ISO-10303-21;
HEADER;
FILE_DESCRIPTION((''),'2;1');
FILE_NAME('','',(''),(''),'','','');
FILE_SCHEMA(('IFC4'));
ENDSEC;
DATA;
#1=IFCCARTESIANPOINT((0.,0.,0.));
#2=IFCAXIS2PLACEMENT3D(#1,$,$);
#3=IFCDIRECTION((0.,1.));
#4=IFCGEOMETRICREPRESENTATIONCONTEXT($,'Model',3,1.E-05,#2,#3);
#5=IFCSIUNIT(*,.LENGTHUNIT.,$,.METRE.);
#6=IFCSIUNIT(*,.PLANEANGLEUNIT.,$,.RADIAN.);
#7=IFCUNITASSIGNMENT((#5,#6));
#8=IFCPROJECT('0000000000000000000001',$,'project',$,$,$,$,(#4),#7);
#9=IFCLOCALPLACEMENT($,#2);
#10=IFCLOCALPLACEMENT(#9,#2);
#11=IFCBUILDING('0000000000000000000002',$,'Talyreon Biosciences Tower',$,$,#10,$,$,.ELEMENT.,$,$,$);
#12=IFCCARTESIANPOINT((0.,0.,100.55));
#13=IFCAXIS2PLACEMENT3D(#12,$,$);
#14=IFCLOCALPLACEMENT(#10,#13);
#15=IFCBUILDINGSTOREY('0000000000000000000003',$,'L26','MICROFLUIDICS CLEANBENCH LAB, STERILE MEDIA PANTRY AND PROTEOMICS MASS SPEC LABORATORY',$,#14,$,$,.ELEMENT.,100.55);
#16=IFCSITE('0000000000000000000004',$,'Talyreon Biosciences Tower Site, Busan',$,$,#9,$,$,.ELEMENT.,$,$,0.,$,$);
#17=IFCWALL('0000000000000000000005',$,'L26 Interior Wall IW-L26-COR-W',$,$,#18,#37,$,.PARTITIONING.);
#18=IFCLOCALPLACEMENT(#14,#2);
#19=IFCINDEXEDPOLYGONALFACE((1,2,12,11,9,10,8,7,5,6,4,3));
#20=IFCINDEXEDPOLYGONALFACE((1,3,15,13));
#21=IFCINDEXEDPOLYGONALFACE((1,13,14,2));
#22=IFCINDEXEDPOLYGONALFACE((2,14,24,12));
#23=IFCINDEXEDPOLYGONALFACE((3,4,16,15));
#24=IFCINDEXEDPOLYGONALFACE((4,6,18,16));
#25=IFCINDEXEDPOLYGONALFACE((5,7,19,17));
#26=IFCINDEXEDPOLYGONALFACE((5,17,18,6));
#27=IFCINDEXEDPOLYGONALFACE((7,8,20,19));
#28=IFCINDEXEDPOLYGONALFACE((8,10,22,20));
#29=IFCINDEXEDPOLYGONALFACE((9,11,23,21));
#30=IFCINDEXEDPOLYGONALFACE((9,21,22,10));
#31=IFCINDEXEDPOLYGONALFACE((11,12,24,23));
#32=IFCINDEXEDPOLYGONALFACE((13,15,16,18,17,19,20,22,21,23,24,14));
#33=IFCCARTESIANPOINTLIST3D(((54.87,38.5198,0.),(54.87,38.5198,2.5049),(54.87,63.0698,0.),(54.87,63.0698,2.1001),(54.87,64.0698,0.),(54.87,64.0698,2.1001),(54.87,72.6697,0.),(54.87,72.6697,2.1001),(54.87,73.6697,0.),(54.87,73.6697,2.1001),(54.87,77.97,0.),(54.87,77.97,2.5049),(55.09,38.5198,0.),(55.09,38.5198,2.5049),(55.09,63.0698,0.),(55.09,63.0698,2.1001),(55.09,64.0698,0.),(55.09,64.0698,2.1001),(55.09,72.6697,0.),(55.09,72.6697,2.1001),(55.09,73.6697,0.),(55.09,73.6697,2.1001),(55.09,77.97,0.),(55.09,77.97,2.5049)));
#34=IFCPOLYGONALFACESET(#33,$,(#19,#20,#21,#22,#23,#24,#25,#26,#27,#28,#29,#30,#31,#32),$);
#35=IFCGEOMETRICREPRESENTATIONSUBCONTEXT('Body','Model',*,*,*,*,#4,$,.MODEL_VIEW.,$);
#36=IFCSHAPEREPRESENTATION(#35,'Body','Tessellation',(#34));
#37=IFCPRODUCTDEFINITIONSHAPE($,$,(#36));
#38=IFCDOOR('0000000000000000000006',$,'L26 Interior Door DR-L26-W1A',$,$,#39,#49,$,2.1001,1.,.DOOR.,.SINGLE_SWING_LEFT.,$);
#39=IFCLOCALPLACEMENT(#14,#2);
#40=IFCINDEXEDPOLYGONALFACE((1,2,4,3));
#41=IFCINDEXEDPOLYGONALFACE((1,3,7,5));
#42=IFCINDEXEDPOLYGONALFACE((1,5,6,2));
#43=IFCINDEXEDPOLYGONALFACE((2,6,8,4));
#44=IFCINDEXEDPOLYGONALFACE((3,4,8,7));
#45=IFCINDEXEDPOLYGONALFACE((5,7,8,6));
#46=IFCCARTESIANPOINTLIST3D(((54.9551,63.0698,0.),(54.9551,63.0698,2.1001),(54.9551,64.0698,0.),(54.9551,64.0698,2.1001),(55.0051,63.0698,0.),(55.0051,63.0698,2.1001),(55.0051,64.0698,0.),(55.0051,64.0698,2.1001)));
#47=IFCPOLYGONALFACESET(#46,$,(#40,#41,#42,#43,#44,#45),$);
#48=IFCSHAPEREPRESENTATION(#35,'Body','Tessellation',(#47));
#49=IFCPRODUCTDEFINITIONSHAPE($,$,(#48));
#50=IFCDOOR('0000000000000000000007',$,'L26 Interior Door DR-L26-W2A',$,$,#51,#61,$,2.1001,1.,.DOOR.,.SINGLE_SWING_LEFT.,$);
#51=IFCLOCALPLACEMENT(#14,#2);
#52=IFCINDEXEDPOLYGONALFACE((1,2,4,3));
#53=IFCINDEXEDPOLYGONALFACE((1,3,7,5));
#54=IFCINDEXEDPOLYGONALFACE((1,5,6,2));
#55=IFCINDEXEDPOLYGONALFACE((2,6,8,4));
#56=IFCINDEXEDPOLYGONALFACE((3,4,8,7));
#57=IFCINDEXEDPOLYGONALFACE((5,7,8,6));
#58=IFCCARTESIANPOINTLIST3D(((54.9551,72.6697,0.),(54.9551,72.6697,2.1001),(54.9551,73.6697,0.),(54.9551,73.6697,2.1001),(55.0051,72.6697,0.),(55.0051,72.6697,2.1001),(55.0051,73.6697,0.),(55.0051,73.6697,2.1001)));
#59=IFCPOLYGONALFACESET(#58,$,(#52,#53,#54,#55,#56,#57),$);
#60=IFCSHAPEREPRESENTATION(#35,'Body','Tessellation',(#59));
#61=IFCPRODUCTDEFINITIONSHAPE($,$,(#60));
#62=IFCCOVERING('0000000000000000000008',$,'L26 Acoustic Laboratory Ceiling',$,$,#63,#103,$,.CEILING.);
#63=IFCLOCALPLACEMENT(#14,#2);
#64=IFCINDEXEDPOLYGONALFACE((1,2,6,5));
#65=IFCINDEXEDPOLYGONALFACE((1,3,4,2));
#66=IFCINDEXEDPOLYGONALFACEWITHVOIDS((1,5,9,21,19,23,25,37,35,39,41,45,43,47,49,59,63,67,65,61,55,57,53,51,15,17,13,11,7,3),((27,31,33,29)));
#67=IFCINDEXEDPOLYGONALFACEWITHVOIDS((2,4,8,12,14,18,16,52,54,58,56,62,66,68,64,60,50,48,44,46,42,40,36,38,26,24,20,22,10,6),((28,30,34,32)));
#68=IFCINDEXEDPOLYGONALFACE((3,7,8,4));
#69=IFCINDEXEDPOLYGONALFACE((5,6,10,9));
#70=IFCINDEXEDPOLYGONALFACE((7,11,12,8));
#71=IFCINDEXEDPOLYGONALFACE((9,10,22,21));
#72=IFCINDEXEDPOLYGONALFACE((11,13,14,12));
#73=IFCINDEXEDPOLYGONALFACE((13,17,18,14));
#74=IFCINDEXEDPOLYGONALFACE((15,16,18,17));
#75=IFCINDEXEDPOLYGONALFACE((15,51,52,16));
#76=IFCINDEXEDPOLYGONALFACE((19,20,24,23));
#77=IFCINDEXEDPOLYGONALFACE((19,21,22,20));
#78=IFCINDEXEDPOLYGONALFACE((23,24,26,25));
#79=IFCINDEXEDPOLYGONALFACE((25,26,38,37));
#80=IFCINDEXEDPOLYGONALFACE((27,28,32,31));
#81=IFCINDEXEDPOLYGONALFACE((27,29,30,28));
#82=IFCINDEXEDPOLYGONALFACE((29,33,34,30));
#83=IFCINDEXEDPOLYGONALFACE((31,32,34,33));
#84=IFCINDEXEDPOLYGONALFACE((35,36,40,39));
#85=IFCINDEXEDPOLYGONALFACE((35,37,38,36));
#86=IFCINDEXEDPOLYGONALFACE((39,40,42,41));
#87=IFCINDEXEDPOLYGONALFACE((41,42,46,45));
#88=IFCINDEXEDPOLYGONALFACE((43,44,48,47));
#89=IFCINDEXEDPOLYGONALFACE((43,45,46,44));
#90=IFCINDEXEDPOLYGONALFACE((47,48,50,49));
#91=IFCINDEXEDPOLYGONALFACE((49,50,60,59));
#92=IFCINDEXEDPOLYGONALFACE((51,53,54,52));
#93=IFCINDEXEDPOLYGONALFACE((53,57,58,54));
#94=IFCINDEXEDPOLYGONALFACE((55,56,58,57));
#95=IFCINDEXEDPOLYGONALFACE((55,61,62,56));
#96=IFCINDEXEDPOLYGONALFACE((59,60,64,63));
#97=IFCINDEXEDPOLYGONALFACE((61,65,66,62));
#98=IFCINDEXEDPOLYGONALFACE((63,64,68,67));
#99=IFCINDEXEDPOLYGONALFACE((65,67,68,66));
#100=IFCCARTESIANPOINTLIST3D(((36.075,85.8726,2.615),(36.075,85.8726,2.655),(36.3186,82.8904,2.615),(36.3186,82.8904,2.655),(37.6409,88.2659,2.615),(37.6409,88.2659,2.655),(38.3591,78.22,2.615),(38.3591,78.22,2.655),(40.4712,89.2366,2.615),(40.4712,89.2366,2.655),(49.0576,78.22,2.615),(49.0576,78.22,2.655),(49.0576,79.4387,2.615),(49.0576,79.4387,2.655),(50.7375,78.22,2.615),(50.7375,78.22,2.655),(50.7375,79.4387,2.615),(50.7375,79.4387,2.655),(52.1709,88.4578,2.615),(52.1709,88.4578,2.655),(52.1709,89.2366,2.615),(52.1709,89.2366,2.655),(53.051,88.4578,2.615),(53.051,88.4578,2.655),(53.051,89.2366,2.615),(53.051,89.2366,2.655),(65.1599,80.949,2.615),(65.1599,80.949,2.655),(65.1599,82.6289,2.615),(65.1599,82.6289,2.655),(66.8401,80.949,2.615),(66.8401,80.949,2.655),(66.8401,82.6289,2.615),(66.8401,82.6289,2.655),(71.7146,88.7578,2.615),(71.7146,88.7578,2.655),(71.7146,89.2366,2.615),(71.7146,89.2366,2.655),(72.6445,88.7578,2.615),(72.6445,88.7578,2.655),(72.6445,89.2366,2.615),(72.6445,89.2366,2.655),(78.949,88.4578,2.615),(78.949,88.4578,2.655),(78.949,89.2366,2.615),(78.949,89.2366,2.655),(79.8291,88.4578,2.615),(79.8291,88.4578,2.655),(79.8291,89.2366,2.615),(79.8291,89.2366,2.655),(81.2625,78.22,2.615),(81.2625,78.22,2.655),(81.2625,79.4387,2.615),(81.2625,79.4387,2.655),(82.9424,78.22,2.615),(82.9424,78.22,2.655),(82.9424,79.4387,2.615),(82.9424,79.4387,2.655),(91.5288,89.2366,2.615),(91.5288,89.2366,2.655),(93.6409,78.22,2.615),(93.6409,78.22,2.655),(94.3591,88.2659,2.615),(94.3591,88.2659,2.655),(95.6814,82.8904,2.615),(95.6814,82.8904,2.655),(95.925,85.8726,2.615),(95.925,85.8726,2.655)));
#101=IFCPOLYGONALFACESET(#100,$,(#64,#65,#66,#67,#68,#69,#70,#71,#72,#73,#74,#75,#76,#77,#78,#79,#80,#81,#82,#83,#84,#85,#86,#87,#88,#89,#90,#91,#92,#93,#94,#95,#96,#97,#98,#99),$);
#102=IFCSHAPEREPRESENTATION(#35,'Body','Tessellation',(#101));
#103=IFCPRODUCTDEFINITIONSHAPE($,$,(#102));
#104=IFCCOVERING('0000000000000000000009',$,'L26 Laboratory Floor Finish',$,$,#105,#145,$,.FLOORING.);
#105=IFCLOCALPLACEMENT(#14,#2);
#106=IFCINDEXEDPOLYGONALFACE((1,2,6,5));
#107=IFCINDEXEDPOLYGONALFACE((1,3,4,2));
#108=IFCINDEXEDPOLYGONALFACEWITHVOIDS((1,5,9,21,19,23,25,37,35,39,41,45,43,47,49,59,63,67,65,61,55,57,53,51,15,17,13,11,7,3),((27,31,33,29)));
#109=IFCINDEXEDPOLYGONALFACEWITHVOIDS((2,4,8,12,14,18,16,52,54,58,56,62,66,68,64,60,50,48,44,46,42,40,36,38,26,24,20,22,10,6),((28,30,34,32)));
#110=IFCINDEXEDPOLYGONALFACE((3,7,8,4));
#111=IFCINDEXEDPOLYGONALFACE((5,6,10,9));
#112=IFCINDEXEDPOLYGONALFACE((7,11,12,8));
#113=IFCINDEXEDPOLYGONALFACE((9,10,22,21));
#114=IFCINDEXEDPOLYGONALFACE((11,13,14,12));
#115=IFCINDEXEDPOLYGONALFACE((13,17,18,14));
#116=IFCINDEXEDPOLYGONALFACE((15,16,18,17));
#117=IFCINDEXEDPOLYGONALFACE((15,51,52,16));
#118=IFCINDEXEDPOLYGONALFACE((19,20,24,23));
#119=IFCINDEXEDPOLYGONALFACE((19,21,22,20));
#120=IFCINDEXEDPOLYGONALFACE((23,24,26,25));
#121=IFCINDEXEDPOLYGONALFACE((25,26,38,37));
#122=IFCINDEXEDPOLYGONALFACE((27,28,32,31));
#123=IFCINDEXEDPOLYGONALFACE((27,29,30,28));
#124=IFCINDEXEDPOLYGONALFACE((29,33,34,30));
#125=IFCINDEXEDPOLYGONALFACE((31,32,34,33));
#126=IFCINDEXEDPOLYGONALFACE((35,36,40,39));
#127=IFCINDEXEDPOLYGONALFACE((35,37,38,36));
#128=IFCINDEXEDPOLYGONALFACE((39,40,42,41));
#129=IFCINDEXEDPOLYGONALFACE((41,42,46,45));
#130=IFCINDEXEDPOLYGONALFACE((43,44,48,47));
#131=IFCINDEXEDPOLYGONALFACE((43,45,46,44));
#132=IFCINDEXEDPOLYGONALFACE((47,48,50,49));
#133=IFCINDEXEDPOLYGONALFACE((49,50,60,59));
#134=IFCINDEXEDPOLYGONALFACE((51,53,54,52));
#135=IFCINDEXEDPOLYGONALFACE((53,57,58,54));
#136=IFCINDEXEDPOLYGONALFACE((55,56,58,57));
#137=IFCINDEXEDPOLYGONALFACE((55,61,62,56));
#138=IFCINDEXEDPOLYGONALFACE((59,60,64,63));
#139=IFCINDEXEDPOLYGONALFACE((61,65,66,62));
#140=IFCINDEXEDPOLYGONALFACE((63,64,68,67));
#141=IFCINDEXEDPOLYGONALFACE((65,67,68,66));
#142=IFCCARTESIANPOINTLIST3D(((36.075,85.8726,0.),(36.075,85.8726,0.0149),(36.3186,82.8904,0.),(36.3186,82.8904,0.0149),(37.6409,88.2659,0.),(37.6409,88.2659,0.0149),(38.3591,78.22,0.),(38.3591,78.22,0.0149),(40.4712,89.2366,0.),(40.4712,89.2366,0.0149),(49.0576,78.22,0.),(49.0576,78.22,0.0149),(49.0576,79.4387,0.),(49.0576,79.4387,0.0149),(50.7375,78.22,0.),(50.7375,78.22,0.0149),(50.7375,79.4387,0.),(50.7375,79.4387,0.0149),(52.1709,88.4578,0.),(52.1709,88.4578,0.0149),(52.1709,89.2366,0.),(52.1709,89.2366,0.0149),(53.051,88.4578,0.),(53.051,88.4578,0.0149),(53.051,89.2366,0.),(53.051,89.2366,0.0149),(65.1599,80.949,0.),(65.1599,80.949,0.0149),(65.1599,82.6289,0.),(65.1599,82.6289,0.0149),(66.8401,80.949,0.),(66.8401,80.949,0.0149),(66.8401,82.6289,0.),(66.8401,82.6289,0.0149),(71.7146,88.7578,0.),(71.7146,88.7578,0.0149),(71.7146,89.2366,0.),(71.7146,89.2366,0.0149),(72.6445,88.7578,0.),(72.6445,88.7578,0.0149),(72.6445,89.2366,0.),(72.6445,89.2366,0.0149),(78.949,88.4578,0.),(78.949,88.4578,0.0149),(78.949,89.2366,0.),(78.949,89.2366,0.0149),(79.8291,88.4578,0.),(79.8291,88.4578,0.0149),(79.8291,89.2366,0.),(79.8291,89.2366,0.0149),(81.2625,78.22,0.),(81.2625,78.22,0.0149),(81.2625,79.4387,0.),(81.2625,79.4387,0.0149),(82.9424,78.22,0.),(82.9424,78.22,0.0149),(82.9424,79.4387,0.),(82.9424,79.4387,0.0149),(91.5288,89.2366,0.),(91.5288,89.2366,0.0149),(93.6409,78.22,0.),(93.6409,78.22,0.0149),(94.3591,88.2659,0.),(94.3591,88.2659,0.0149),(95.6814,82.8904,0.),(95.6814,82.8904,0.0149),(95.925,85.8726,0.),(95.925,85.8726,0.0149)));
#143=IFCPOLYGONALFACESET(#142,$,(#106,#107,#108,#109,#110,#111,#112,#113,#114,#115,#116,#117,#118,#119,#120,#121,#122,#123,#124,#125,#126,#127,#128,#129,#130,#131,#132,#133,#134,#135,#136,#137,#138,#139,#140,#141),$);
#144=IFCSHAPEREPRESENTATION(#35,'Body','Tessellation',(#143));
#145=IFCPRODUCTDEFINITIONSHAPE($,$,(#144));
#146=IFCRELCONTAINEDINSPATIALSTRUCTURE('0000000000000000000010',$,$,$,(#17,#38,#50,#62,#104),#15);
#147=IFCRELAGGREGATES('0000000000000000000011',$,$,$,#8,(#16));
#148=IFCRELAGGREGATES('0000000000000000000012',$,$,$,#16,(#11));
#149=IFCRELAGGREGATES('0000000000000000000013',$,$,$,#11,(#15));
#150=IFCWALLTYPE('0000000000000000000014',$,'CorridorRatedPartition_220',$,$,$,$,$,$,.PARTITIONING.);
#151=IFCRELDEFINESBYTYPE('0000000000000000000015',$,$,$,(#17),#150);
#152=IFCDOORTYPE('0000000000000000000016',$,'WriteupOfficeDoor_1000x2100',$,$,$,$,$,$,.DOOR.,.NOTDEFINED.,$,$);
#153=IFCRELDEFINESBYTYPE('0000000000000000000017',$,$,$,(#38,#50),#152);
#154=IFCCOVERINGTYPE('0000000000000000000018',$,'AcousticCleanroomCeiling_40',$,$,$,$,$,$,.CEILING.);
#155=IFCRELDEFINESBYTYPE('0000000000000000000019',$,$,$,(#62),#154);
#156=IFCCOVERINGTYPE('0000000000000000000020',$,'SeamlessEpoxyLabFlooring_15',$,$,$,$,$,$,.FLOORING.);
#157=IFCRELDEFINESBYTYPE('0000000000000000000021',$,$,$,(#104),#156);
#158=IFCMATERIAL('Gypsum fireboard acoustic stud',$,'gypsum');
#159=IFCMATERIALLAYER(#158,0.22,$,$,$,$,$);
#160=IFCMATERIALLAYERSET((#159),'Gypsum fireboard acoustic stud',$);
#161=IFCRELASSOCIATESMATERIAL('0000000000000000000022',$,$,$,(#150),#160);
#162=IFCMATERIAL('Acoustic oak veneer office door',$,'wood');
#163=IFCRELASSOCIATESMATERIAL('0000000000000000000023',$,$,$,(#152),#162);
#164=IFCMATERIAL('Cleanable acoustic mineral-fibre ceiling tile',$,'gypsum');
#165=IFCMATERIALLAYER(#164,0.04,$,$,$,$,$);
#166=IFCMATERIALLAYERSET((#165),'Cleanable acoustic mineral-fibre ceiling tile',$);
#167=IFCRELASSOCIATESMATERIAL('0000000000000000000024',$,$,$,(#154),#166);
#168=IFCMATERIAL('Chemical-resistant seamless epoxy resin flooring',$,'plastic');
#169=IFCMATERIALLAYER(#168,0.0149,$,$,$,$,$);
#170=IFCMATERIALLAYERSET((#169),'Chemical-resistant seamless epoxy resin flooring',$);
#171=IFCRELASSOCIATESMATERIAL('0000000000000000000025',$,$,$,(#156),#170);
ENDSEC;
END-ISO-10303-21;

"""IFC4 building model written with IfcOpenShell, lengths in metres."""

from ifc_helpers import new_model, si_unit, direction, frame, frame_2d, origin, place, context, subcontext, project, spatial, polyline, rectangle, outline, extrude, material, layer, layer_set, type_object, element, fill, save


model = new_model("IFC4")

# Units and contexts
model_context = context("Model", 3, precision=1e-05, world=origin(), true_north=direction((0.0, 1.0)))
body_context = subcontext(model_context, "Body", "Model", "MODEL_VIEW")
ifc_project = project(units=[si_unit("LENGTHUNIT", "METRE"), si_unit("PLANEANGLEUNIT", "RADIAN")], contexts=[model_context])

# Site, building, storey
site_placement = place(None, origin())
site = spatial("IfcSite", under=ifc_project, at=site_placement, Name="Talyreon Biosciences Tower Site, Busan", CompositionType="ELEMENT", RefElevation=0.0)
building_placement = place(site_placement, origin())
building = spatial("IfcBuilding", under=site, at=building_placement, Name="Talyreon Biosciences Tower", CompositionType="ELEMENT")
storey_placement = place(building_placement, frame((0.0, 0.0, 100.55)))
storey = spatial("IfcBuildingStorey", under=building, at=storey_placement, Name="L26", Description="MICROFLUIDICS CLEANBENCH LAB, STERILE MEDIA PANTRY AND PROTEOMICS MASS SPEC LABORATORY", CompositionType="ELEMENT", Elevation=100.55)

# Wall, openings, doors
ifc_material_1 = material(Name="Gypsum fireboard acoustic stud", Category="gypsum")
ifc_layer_1 = layer(ifc_material_1, 0.22)
ifc_layer_set_1 = layer_set([ifc_layer_1], Name="Gypsum fireboard acoustic stud")
wall_type = type_object("IfcWallType", Name="CorridorRatedPartition_220", PredefinedType="PARTITIONING", material=ifc_layer_set_1)
wall_placement = place(storey_placement, frame((54.98, 38.5198, 0.0), z_axis=(0.0, 0.0, 1.0), x_axis=(0.0, 1.0, 0.0)))
wall = element("IfcWall", 1, at=wall_placement, inside=storey, type_object=wall_type, Name="L26 Interior Wall IW-L26-COR-W", PredefinedType="PARTITIONING", context=body_context, shape_type="SweptSolid", body=[
    extrude(rectangle(XDim=39.4502, YDim=0.22, at=frame_2d((19.7251, 0.0))), origin(), (0.0, 0.0, 1.0), 2.5049),
])
opening_1_placement = place(wall_placement, frame((24.55, 0.0, 0.0)))
opening_1 = element("IfcOpeningElement", 2, at=opening_1_placement, cuts=wall, PredefinedType="OPENING", context=body_context, shape_type="SweptSolid", body=[
    extrude(rectangle(XDim=1.0, YDim=2.1001, at=frame_2d((0.5, 1.05))), frame((0.0, 0.1199, 0.0), z_axis=(0.0, -1.0, 0.0), x_axis=(1.0, 0.0, 0.0)), (0.0, 0.0, 1.0), 0.24),
])
opening_2_placement = place(wall_placement, frame((34.1499, 0.0, 0.0)))
opening_2 = element("IfcOpeningElement", 3, at=opening_2_placement, cuts=wall, PredefinedType="OPENING", context=body_context, shape_type="SweptSolid", body=[
    extrude(rectangle(XDim=1.0, YDim=2.1001, at=frame_2d((0.5, 1.05))), frame((0.0, 0.1199, 0.0), z_axis=(0.0, -1.0, 0.0), x_axis=(1.0, 0.0, 0.0)), (0.0, 0.0, 1.0), 0.24),
])
ifc_material_2 = material(Name="Acoustic oak veneer office door", Category="wood")
door_type = type_object("IfcDoorType", Name="WriteupOfficeDoor_1000x2100", OperationType="NOTDEFINED", PredefinedType="DOOR", material=ifc_material_2)
door_1_placement = place(opening_1_placement, origin())
door_1 = element("IfcDoor", 4, at=door_1_placement, inside=storey, type_object=door_type, Name="L26 Interior Door DR-L26-W1A", OperationType="SINGLE_SWING_LEFT", OverallHeight=2.1001, OverallWidth=1.0, PredefinedType="DOOR", context=body_context, shape_type="SweptSolid", body=[
    extrude(rectangle(XDim=1.0, YDim=2.1001, at=frame_2d((0.5, 1.05))), frame((0.0, 0.0249, 0.0), z_axis=(0.0, -1.0, 0.0), x_axis=(1.0, 0.0, 0.0)), (0.0, 0.0, 1.0), 0.05),
])
fill(opening_1, door_1)
door_2_placement = place(opening_2_placement, origin())
door_2 = element("IfcDoor", 5, at=door_2_placement, inside=storey, type_object=door_type, Name="L26 Interior Door DR-L26-W2A", OperationType="SINGLE_SWING_LEFT", OverallHeight=2.1001, OverallWidth=1.0, PredefinedType="DOOR", context=body_context, shape_type="SweptSolid", body=[
    extrude(rectangle(XDim=1.0, YDim=2.1001, at=frame_2d((0.5, 1.05))), frame((0.0, 0.0249, 0.0), z_axis=(0.0, -1.0, 0.0), x_axis=(1.0, 0.0, 0.0)), (0.0, 0.0, 1.0), 0.05),
])
fill(opening_2, door_2)

# Coverings
ifc_material_3 = material(Name="Cleanable acoustic mineral-fibre ceiling tile", Category="gypsum")
ifc_layer_2 = layer(ifc_material_3, 0.04)
ifc_layer_set_2 = layer_set([ifc_layer_2], Name="Cleanable acoustic mineral-fibre ceiling tile")
covering_type_1 = type_object("IfcCoveringType", Name="AcousticCleanroomCeiling_40", PredefinedType="CEILING", material=ifc_layer_set_2)
covering_1_placement = place(storey_placement, frame((0.0, 0.0, 2.615)))
element("IfcCovering", 6, at=covering_1_placement, inside=storey, type_object=covering_type_1, Name="L26 Acoustic Laboratory Ceiling", PredefinedType="CEILING", context=body_context, shape_type="SweptSolid", body=[
    extrude(outline(polyline([(37.6409, 88.2659), (40.4712, 89.2366), (52.1709, 89.2366), (52.1709, 88.4578), (53.051, 88.4578), (53.051, 89.2366), (71.7146, 89.2366), (71.7146, 88.7578), (72.6445, 88.7578), (72.6445, 89.2366), (78.949, 89.2366), (78.949, 88.4578), (79.8291, 88.4578), (79.8291, 89.2366), (91.5288, 89.2366), (94.3591, 88.2659), (95.925, 85.8726), (95.6814, 82.8904), (93.6409, 78.22), (82.9424, 78.22), (82.9424, 79.4387), (81.2625, 79.4387), (81.2625, 78.22), (50.7375, 78.22), (50.7375, 79.4387), (49.0576, 79.4387), (49.0576, 78.22), (38.3591, 78.22), (36.3186, 82.8904), (36.075, 85.8726), (37.6409, 88.2659)]), holes=[polyline([(65.1599, 80.949), (66.8401, 80.949), (66.8401, 82.6289), (65.1599, 82.6289), (65.1599, 80.949)])]), origin(), (0.0, 0.0, 1.0), 0.04),
])
ifc_material_4 = material(Name="Chemical-resistant seamless epoxy resin flooring", Category="plastic")
ifc_layer_3 = layer(ifc_material_4, 0.0149)
ifc_layer_set_3 = layer_set([ifc_layer_3], Name="Chemical-resistant seamless epoxy resin flooring")
covering_type_2 = type_object("IfcCoveringType", Name="SeamlessEpoxyLabFlooring_15", PredefinedType="FLOORING", material=ifc_layer_set_3)
covering_2_placement = place(storey_placement, origin())
element("IfcCovering", 7, at=covering_2_placement, inside=storey, type_object=covering_type_2, Name="L26 Laboratory Floor Finish", PredefinedType="FLOORING", context=body_context, shape_type="SweptSolid", body=[
    extrude(outline(polyline([(37.6409, 88.2659), (40.4712, 89.2366), (52.1709, 89.2366), (52.1709, 88.4578), (53.051, 88.4578), (53.051, 89.2366), (71.7146, 89.2366), (71.7146, 88.7578), (72.6445, 88.7578), (72.6445, 89.2366), (78.949, 89.2366), (78.949, 88.4578), (79.8291, 88.4578), (79.8291, 89.2366), (91.5288, 89.2366), (94.3591, 88.2659), (95.925, 85.8726), (95.6814, 82.8904), (93.6409, 78.22), (82.9424, 78.22), (82.9424, 79.4387), (81.2625, 79.4387), (81.2625, 78.22), (50.7375, 78.22), (50.7375, 79.4387), (49.0576, 79.4387), (49.0576, 78.22), (38.3591, 78.22), (36.3186, 82.8904), (36.075, 85.8726), (37.6409, 88.2659)]), holes=[polyline([(65.1599, 80.949), (66.8401, 80.949), (66.8401, 82.6289), (65.1599, 82.6289), (65.1599, 80.949)])]), origin(), (0.0, 0.0, 1.0), 0.0149),
])

save(model, "model.ifc")
